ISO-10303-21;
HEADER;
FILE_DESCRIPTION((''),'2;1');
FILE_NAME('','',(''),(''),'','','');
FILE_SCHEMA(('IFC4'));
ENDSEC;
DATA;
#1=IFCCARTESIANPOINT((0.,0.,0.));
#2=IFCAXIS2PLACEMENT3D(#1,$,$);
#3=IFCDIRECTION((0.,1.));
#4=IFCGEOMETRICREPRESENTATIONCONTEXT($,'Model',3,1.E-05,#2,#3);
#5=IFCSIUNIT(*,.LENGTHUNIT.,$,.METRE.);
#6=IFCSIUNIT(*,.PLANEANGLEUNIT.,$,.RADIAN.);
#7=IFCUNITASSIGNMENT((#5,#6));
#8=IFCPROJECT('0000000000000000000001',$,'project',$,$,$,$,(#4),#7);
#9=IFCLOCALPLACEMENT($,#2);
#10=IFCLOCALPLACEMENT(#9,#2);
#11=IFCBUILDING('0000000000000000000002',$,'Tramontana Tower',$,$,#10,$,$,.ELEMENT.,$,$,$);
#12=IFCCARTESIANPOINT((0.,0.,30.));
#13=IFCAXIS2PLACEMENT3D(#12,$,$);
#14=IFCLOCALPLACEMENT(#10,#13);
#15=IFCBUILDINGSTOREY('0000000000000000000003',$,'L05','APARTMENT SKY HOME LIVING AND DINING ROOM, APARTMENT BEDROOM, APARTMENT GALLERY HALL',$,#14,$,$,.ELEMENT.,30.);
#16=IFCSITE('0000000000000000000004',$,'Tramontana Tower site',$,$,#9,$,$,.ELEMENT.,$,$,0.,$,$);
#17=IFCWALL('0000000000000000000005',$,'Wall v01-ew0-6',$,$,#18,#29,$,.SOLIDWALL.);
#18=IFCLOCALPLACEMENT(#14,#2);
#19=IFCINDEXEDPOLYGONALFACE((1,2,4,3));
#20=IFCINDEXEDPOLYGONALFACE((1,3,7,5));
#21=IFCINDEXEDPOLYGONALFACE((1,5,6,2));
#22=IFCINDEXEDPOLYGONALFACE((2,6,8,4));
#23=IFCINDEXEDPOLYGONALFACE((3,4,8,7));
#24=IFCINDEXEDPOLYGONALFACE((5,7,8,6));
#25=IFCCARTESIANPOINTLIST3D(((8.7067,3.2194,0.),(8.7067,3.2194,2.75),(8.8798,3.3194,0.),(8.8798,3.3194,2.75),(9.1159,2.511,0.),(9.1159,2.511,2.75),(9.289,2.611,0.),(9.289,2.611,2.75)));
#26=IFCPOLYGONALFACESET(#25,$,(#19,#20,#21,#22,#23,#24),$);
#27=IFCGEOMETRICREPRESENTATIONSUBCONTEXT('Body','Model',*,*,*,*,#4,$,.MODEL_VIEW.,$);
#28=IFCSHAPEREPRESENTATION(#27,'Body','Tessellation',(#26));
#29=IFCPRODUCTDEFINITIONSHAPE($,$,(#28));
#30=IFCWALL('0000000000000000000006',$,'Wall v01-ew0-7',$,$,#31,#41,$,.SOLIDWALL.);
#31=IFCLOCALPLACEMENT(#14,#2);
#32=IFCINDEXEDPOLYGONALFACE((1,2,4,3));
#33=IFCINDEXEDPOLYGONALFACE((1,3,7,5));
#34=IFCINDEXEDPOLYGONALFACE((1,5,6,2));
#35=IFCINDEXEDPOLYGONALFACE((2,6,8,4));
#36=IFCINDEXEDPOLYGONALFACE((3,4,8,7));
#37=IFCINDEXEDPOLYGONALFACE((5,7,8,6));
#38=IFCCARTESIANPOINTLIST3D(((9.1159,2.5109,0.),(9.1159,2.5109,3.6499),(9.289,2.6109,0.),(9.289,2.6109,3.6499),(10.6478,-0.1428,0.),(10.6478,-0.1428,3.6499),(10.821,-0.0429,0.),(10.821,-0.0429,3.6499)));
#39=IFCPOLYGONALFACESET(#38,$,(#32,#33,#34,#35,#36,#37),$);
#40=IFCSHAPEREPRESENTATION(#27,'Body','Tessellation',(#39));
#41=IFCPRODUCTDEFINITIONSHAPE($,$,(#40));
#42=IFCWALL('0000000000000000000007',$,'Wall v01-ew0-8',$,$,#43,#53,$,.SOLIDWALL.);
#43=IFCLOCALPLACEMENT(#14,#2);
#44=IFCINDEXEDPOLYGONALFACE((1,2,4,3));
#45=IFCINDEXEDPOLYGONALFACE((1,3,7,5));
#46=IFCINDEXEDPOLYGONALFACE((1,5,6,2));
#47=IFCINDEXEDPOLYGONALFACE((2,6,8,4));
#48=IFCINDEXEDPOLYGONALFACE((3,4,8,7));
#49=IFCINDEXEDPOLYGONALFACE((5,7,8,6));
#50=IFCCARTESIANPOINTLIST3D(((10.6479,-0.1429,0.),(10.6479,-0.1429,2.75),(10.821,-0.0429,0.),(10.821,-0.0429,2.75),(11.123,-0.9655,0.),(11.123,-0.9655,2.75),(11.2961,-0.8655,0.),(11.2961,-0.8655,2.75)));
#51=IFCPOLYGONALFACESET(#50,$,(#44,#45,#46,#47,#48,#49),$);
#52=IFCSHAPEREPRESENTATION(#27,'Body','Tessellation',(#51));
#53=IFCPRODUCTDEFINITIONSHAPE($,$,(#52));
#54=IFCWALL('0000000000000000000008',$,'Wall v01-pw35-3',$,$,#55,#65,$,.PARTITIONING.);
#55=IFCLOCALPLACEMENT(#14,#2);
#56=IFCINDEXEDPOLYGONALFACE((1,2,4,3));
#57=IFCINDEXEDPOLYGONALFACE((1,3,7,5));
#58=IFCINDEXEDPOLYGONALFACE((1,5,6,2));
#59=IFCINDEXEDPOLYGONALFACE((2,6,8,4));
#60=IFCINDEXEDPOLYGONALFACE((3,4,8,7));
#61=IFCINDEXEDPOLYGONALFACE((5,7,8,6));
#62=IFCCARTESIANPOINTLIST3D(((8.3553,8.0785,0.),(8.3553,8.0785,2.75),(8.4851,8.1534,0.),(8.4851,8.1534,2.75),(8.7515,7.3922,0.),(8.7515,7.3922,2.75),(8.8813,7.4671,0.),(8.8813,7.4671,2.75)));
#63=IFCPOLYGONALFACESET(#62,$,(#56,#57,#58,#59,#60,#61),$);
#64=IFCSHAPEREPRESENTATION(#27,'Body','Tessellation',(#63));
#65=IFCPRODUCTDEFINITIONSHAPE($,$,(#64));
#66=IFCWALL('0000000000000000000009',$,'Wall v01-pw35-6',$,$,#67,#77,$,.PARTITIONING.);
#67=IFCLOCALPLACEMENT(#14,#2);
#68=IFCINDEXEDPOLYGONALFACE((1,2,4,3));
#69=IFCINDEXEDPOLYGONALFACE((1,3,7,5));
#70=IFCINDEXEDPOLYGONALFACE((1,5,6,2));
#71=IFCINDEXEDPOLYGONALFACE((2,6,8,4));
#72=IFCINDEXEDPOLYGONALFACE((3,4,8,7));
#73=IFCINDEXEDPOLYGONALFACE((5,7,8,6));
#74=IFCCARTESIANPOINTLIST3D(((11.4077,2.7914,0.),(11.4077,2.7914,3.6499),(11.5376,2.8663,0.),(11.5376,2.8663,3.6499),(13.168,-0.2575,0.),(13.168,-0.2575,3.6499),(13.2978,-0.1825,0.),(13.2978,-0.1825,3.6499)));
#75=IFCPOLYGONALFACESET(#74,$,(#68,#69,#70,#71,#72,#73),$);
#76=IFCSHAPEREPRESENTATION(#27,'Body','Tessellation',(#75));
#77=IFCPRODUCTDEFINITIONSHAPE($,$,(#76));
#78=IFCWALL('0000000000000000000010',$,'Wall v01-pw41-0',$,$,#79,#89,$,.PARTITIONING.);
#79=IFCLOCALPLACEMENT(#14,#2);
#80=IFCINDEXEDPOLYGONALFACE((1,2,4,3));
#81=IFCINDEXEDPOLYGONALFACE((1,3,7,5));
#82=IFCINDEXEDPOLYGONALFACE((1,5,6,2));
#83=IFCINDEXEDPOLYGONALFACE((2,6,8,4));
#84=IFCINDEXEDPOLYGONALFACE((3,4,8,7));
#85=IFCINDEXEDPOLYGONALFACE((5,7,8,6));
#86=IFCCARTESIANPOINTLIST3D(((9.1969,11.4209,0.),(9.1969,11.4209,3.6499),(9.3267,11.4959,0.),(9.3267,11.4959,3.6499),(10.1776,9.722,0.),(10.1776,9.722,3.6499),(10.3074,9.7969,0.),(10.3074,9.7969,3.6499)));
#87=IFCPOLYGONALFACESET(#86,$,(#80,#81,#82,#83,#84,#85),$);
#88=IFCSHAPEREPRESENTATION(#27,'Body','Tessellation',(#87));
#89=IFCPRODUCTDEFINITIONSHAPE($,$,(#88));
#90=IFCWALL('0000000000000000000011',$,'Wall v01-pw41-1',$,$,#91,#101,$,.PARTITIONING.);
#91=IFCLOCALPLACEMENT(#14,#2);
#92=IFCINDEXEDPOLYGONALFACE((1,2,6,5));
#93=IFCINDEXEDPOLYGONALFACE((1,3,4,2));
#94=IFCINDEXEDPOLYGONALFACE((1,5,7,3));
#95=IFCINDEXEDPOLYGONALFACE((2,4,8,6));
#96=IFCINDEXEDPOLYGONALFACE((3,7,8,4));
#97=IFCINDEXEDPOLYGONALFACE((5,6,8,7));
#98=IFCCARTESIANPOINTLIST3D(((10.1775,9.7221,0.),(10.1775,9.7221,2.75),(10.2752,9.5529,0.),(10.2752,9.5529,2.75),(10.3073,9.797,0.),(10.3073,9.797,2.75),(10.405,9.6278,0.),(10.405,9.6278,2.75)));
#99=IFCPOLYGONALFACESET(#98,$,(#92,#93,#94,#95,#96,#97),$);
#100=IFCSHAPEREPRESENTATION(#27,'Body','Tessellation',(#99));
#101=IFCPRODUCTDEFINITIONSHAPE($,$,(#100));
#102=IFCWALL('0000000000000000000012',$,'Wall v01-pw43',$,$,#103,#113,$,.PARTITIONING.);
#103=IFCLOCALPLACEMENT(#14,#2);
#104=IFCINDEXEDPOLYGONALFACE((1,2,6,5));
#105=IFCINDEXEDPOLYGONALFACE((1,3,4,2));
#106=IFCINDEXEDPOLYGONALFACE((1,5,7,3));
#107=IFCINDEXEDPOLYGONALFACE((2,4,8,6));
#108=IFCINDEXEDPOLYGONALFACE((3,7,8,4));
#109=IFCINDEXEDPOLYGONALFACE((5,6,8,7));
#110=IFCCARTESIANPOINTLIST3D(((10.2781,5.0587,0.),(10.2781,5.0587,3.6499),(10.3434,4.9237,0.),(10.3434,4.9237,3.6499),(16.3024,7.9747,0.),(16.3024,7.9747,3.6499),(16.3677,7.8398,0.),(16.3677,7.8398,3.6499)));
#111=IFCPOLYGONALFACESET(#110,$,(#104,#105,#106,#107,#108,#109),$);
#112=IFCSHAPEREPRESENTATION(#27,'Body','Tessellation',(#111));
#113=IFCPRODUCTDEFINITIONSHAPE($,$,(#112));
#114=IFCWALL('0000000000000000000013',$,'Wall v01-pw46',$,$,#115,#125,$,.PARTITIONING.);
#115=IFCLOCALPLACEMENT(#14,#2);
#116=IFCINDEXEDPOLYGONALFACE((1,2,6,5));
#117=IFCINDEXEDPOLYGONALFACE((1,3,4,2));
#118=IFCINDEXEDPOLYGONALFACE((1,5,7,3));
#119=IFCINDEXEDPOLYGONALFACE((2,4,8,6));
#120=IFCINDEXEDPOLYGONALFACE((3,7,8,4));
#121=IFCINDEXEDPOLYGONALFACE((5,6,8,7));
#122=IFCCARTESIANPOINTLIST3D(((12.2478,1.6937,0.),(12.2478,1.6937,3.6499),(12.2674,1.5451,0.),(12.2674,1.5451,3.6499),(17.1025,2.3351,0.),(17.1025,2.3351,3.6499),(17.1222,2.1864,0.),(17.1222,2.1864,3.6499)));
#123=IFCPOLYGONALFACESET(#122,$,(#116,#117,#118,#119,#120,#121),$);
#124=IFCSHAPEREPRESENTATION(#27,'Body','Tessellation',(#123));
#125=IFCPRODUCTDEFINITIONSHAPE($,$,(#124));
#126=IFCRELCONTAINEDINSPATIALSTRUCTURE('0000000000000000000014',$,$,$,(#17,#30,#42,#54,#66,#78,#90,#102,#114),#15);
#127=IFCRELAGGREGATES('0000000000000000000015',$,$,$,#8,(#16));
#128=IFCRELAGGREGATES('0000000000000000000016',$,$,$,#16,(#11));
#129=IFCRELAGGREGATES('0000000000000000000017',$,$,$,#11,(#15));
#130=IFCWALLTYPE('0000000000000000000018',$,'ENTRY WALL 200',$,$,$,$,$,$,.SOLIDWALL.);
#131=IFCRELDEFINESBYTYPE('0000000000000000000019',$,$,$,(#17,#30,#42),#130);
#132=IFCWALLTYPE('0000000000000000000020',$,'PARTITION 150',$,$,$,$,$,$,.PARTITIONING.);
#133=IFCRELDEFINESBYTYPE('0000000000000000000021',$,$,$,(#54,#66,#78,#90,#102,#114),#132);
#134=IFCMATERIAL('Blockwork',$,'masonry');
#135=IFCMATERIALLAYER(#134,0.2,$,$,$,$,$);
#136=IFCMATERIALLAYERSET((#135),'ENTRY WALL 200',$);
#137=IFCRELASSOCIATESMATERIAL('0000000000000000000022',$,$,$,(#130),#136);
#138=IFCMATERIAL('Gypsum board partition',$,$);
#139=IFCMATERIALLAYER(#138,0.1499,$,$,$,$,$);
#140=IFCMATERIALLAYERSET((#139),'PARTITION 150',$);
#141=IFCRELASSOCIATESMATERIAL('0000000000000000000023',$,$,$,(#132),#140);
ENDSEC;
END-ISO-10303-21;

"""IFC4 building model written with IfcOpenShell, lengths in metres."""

from ifc_helpers import new_model, si_unit, direction, frame, frame_2d, origin, place, context, subcontext, project, spatial, rectangle, extrude, material, layer, layer_set, type_object, element, save


model = new_model("IFC4")

# Units and contexts
model_context = context("Model", 3, precision=1e-05, world=origin(), true_north=direction((0.0, 1.0)))
body_context = subcontext(model_context, "Body", "Model", "MODEL_VIEW")
ifc_project = project(units=[si_unit("LENGTHUNIT", "METRE"), si_unit("PLANEANGLEUNIT", "RADIAN")], contexts=[model_context])

# Site, building, storey
site_placement = place(None, origin())
site = spatial("IfcSite", under=ifc_project, at=site_placement, Name="Tramontana Tower site", CompositionType="ELEMENT", RefElevation=0.0)
building_placement = place(site_placement, origin())
building = spatial("IfcBuilding", under=site, at=building_placement, Name="Tramontana Tower", CompositionType="ELEMENT")
storey_placement = place(building_placement, frame((0.0, 0.0, 30.0)))
storey = spatial("IfcBuildingStorey", under=building, at=storey_placement, Name="L05", Description="APARTMENT SKY HOME LIVING AND DINING ROOM, APARTMENT BEDROOM, APARTMENT GALLERY HALL", CompositionType="ELEMENT", Elevation=30.0)

# Walls
ifc_material_1 = material(Name="Blockwork", Category="masonry")
ifc_layer_1 = layer(ifc_material_1, 0.2)
ifc_layer_set_1 = layer_set([ifc_layer_1], Name="ENTRY WALL 200")
wall_type_1 = type_object("IfcWallType", Name="ENTRY WALL 200", PredefinedType="SOLIDWALL", material=ifc_layer_set_1)
wall_1_placement = place(storey_placement, frame((8.7932, 3.2695, 0.0), z_axis=(0.0, 0.0, 1.0), x_axis=(0.500119, -0.865957, 0.0)))
element("IfcWall", 1, at=wall_1_placement, inside=storey, type_object=wall_type_1, Name="Wall v01-ew0-6", PredefinedType="SOLIDWALL", context=body_context, shape_type="SweptSolid", body=[
    extrude(rectangle(XDim=0.8181, YDim=0.2, at=frame_2d((0.4092, 0.0))), origin(), (0.0, 0.0, 1.0), 2.75),
])
wall_2_placement = place(storey_placement, frame((9.2024, 2.561, 0.0), z_axis=(0.0, 0.0, 1.0), x_axis=(0.499952, -0.866053, 0.0)))
element("IfcWall", 2, at=wall_2_placement, inside=storey, type_object=wall_type_1, Name="Wall v01-ew0-7", PredefinedType="SOLIDWALL", context=body_context, shape_type="SweptSolid", body=[
    extrude(rectangle(XDim=3.0642, YDim=0.2, at=frame_2d((1.5322, 0.0))), origin(), (0.0, 0.0, 1.0), 3.6499),
])
wall_3_placement = place(storey_placement, frame((10.7344, -0.0928, 0.0), z_axis=(0.0, 0.0, 1.0), x_axis=(0.500175, -0.865924, 0.0)))
element("IfcWall", 3, at=wall_3_placement, inside=storey, type_object=wall_type_1, Name="Wall v01-ew0-8", PredefinedType="SOLIDWALL", context=body_context, shape_type="SweptSolid", body=[
    extrude(rectangle(XDim=0.95, YDim=0.2, at=frame_2d((0.4751, 0.0))), origin(), (0.0, 0.0, 1.0), 2.75),
])
ifc_material_2 = material(Name="Gypsum board partition")
ifc_layer_2 = layer(ifc_material_2, 0.1499)
ifc_layer_set_2 = layer_set([ifc_layer_2], Name="PARTITION 150")
wall_type_2 = type_object("IfcWallType", Name="PARTITION 150", PredefinedType="PARTITIONING", material=ifc_layer_set_2)
wall_4_placement = place(storey_placement, frame((8.4202, 8.116, 0.0), z_axis=(0.0, 0.0, 1.0), x_axis=(0.500016, -0.866016, 0.0)))
element("IfcWall", 4, at=wall_4_placement, inside=storey, type_object=wall_type_2, Name="Wall v01-pw35-3", PredefinedType="PARTITIONING", context=body_context, shape_type="SweptSolid", body=[
    extrude(rectangle(XDim=0.7925, YDim=0.1499, at=frame_2d((0.3962, 0.0))), origin(), (0.0, 0.0, 1.0), 2.75),
])

# Wall
wall_5_placement = place(storey_placement, frame((11.4727, 2.8289, 0.0), z_axis=(0.0, 0.0, 1.0), x_axis=(0.500003, -0.866024, 0.0)))
element("IfcWall", 5, at=wall_5_placement, inside=storey, type_object=wall_type_2, Name="Wall v01-pw35-6", PredefinedType="PARTITIONING", context=body_context, shape_type="SweptSolid", body=[
    extrude(rectangle(XDim=3.5205, YDim=0.1499, at=frame_2d((1.7603, 0.0))), origin(), (0.0, 0.0, 1.0), 3.6499),
])

# Walls
wall_6_placement = place(storey_placement, frame((9.2617, 11.4585, 0.0), z_axis=(0.0, 0.0, 1.0), x_axis=(0.499927, -0.866067, 0.0)))
element("IfcWall", 6, at=wall_6_placement, inside=storey, type_object=wall_type_2, Name="Wall v01-pw41-0", PredefinedType="PARTITIONING", context=body_context, shape_type="SweptSolid", body=[
    extrude(rectangle(XDim=1.9617, YDim=0.1499, at=frame_2d((0.981, 0.0))), origin(), (0.0, 0.0, 1.0), 3.6499),
])
wall_7_placement = place(storey_placement, frame((10.2424, 9.7595, 0.0), z_axis=(0.0, 0.0, 1.0), x_axis=(0.499903, -0.866082, 0.0)))
element("IfcWall", 7, at=wall_7_placement, inside=storey, type_object=wall_type_2, Name="Wall v01-pw41-1", PredefinedType="PARTITIONING", context=body_context, shape_type="SweptSolid", body=[
    extrude(rectangle(XDim=0.1953, YDim=0.1499, at=frame_2d((0.0977, 0.0))), origin(), (0.0, 0.0, 1.0), 2.75),
])
wall_8_placement = place(storey_placement, frame((10.3108, 4.9912, 0.0), z_axis=(0.0, 0.0, 1.0), x_axis=(0.900095, 0.435693, 0.0)))
element("IfcWall", 8, at=wall_8_placement, inside=storey, type_object=wall_type_2, Name="Wall v01-pw43", PredefinedType="PARTITIONING", context=body_context, shape_type="SweptSolid", body=[
    extrude(rectangle(XDim=6.6929, YDim=0.1499, at=frame_2d((3.3464, 0.0))), origin(), (0.0, 0.0, 1.0), 3.6499),
])
wall_9_placement = place(storey_placement, frame((12.2576, 1.6194, 0.0), z_axis=(0.0, 0.0, 1.0), x_axis=(0.991386, 0.130972, 0.0)))
element("IfcWall", 9, at=wall_9_placement, inside=storey, type_object=wall_type_2, Name="Wall v01-pw46", PredefinedType="PARTITIONING", context=body_context, shape_type="SweptSolid", body=[
    extrude(rectangle(XDim=4.897, YDim=0.1499, at=frame_2d((2.4485, 0.0))), origin(), (0.0, 0.0, 1.0), 3.6499),
])

save(model, "model.ifc")
